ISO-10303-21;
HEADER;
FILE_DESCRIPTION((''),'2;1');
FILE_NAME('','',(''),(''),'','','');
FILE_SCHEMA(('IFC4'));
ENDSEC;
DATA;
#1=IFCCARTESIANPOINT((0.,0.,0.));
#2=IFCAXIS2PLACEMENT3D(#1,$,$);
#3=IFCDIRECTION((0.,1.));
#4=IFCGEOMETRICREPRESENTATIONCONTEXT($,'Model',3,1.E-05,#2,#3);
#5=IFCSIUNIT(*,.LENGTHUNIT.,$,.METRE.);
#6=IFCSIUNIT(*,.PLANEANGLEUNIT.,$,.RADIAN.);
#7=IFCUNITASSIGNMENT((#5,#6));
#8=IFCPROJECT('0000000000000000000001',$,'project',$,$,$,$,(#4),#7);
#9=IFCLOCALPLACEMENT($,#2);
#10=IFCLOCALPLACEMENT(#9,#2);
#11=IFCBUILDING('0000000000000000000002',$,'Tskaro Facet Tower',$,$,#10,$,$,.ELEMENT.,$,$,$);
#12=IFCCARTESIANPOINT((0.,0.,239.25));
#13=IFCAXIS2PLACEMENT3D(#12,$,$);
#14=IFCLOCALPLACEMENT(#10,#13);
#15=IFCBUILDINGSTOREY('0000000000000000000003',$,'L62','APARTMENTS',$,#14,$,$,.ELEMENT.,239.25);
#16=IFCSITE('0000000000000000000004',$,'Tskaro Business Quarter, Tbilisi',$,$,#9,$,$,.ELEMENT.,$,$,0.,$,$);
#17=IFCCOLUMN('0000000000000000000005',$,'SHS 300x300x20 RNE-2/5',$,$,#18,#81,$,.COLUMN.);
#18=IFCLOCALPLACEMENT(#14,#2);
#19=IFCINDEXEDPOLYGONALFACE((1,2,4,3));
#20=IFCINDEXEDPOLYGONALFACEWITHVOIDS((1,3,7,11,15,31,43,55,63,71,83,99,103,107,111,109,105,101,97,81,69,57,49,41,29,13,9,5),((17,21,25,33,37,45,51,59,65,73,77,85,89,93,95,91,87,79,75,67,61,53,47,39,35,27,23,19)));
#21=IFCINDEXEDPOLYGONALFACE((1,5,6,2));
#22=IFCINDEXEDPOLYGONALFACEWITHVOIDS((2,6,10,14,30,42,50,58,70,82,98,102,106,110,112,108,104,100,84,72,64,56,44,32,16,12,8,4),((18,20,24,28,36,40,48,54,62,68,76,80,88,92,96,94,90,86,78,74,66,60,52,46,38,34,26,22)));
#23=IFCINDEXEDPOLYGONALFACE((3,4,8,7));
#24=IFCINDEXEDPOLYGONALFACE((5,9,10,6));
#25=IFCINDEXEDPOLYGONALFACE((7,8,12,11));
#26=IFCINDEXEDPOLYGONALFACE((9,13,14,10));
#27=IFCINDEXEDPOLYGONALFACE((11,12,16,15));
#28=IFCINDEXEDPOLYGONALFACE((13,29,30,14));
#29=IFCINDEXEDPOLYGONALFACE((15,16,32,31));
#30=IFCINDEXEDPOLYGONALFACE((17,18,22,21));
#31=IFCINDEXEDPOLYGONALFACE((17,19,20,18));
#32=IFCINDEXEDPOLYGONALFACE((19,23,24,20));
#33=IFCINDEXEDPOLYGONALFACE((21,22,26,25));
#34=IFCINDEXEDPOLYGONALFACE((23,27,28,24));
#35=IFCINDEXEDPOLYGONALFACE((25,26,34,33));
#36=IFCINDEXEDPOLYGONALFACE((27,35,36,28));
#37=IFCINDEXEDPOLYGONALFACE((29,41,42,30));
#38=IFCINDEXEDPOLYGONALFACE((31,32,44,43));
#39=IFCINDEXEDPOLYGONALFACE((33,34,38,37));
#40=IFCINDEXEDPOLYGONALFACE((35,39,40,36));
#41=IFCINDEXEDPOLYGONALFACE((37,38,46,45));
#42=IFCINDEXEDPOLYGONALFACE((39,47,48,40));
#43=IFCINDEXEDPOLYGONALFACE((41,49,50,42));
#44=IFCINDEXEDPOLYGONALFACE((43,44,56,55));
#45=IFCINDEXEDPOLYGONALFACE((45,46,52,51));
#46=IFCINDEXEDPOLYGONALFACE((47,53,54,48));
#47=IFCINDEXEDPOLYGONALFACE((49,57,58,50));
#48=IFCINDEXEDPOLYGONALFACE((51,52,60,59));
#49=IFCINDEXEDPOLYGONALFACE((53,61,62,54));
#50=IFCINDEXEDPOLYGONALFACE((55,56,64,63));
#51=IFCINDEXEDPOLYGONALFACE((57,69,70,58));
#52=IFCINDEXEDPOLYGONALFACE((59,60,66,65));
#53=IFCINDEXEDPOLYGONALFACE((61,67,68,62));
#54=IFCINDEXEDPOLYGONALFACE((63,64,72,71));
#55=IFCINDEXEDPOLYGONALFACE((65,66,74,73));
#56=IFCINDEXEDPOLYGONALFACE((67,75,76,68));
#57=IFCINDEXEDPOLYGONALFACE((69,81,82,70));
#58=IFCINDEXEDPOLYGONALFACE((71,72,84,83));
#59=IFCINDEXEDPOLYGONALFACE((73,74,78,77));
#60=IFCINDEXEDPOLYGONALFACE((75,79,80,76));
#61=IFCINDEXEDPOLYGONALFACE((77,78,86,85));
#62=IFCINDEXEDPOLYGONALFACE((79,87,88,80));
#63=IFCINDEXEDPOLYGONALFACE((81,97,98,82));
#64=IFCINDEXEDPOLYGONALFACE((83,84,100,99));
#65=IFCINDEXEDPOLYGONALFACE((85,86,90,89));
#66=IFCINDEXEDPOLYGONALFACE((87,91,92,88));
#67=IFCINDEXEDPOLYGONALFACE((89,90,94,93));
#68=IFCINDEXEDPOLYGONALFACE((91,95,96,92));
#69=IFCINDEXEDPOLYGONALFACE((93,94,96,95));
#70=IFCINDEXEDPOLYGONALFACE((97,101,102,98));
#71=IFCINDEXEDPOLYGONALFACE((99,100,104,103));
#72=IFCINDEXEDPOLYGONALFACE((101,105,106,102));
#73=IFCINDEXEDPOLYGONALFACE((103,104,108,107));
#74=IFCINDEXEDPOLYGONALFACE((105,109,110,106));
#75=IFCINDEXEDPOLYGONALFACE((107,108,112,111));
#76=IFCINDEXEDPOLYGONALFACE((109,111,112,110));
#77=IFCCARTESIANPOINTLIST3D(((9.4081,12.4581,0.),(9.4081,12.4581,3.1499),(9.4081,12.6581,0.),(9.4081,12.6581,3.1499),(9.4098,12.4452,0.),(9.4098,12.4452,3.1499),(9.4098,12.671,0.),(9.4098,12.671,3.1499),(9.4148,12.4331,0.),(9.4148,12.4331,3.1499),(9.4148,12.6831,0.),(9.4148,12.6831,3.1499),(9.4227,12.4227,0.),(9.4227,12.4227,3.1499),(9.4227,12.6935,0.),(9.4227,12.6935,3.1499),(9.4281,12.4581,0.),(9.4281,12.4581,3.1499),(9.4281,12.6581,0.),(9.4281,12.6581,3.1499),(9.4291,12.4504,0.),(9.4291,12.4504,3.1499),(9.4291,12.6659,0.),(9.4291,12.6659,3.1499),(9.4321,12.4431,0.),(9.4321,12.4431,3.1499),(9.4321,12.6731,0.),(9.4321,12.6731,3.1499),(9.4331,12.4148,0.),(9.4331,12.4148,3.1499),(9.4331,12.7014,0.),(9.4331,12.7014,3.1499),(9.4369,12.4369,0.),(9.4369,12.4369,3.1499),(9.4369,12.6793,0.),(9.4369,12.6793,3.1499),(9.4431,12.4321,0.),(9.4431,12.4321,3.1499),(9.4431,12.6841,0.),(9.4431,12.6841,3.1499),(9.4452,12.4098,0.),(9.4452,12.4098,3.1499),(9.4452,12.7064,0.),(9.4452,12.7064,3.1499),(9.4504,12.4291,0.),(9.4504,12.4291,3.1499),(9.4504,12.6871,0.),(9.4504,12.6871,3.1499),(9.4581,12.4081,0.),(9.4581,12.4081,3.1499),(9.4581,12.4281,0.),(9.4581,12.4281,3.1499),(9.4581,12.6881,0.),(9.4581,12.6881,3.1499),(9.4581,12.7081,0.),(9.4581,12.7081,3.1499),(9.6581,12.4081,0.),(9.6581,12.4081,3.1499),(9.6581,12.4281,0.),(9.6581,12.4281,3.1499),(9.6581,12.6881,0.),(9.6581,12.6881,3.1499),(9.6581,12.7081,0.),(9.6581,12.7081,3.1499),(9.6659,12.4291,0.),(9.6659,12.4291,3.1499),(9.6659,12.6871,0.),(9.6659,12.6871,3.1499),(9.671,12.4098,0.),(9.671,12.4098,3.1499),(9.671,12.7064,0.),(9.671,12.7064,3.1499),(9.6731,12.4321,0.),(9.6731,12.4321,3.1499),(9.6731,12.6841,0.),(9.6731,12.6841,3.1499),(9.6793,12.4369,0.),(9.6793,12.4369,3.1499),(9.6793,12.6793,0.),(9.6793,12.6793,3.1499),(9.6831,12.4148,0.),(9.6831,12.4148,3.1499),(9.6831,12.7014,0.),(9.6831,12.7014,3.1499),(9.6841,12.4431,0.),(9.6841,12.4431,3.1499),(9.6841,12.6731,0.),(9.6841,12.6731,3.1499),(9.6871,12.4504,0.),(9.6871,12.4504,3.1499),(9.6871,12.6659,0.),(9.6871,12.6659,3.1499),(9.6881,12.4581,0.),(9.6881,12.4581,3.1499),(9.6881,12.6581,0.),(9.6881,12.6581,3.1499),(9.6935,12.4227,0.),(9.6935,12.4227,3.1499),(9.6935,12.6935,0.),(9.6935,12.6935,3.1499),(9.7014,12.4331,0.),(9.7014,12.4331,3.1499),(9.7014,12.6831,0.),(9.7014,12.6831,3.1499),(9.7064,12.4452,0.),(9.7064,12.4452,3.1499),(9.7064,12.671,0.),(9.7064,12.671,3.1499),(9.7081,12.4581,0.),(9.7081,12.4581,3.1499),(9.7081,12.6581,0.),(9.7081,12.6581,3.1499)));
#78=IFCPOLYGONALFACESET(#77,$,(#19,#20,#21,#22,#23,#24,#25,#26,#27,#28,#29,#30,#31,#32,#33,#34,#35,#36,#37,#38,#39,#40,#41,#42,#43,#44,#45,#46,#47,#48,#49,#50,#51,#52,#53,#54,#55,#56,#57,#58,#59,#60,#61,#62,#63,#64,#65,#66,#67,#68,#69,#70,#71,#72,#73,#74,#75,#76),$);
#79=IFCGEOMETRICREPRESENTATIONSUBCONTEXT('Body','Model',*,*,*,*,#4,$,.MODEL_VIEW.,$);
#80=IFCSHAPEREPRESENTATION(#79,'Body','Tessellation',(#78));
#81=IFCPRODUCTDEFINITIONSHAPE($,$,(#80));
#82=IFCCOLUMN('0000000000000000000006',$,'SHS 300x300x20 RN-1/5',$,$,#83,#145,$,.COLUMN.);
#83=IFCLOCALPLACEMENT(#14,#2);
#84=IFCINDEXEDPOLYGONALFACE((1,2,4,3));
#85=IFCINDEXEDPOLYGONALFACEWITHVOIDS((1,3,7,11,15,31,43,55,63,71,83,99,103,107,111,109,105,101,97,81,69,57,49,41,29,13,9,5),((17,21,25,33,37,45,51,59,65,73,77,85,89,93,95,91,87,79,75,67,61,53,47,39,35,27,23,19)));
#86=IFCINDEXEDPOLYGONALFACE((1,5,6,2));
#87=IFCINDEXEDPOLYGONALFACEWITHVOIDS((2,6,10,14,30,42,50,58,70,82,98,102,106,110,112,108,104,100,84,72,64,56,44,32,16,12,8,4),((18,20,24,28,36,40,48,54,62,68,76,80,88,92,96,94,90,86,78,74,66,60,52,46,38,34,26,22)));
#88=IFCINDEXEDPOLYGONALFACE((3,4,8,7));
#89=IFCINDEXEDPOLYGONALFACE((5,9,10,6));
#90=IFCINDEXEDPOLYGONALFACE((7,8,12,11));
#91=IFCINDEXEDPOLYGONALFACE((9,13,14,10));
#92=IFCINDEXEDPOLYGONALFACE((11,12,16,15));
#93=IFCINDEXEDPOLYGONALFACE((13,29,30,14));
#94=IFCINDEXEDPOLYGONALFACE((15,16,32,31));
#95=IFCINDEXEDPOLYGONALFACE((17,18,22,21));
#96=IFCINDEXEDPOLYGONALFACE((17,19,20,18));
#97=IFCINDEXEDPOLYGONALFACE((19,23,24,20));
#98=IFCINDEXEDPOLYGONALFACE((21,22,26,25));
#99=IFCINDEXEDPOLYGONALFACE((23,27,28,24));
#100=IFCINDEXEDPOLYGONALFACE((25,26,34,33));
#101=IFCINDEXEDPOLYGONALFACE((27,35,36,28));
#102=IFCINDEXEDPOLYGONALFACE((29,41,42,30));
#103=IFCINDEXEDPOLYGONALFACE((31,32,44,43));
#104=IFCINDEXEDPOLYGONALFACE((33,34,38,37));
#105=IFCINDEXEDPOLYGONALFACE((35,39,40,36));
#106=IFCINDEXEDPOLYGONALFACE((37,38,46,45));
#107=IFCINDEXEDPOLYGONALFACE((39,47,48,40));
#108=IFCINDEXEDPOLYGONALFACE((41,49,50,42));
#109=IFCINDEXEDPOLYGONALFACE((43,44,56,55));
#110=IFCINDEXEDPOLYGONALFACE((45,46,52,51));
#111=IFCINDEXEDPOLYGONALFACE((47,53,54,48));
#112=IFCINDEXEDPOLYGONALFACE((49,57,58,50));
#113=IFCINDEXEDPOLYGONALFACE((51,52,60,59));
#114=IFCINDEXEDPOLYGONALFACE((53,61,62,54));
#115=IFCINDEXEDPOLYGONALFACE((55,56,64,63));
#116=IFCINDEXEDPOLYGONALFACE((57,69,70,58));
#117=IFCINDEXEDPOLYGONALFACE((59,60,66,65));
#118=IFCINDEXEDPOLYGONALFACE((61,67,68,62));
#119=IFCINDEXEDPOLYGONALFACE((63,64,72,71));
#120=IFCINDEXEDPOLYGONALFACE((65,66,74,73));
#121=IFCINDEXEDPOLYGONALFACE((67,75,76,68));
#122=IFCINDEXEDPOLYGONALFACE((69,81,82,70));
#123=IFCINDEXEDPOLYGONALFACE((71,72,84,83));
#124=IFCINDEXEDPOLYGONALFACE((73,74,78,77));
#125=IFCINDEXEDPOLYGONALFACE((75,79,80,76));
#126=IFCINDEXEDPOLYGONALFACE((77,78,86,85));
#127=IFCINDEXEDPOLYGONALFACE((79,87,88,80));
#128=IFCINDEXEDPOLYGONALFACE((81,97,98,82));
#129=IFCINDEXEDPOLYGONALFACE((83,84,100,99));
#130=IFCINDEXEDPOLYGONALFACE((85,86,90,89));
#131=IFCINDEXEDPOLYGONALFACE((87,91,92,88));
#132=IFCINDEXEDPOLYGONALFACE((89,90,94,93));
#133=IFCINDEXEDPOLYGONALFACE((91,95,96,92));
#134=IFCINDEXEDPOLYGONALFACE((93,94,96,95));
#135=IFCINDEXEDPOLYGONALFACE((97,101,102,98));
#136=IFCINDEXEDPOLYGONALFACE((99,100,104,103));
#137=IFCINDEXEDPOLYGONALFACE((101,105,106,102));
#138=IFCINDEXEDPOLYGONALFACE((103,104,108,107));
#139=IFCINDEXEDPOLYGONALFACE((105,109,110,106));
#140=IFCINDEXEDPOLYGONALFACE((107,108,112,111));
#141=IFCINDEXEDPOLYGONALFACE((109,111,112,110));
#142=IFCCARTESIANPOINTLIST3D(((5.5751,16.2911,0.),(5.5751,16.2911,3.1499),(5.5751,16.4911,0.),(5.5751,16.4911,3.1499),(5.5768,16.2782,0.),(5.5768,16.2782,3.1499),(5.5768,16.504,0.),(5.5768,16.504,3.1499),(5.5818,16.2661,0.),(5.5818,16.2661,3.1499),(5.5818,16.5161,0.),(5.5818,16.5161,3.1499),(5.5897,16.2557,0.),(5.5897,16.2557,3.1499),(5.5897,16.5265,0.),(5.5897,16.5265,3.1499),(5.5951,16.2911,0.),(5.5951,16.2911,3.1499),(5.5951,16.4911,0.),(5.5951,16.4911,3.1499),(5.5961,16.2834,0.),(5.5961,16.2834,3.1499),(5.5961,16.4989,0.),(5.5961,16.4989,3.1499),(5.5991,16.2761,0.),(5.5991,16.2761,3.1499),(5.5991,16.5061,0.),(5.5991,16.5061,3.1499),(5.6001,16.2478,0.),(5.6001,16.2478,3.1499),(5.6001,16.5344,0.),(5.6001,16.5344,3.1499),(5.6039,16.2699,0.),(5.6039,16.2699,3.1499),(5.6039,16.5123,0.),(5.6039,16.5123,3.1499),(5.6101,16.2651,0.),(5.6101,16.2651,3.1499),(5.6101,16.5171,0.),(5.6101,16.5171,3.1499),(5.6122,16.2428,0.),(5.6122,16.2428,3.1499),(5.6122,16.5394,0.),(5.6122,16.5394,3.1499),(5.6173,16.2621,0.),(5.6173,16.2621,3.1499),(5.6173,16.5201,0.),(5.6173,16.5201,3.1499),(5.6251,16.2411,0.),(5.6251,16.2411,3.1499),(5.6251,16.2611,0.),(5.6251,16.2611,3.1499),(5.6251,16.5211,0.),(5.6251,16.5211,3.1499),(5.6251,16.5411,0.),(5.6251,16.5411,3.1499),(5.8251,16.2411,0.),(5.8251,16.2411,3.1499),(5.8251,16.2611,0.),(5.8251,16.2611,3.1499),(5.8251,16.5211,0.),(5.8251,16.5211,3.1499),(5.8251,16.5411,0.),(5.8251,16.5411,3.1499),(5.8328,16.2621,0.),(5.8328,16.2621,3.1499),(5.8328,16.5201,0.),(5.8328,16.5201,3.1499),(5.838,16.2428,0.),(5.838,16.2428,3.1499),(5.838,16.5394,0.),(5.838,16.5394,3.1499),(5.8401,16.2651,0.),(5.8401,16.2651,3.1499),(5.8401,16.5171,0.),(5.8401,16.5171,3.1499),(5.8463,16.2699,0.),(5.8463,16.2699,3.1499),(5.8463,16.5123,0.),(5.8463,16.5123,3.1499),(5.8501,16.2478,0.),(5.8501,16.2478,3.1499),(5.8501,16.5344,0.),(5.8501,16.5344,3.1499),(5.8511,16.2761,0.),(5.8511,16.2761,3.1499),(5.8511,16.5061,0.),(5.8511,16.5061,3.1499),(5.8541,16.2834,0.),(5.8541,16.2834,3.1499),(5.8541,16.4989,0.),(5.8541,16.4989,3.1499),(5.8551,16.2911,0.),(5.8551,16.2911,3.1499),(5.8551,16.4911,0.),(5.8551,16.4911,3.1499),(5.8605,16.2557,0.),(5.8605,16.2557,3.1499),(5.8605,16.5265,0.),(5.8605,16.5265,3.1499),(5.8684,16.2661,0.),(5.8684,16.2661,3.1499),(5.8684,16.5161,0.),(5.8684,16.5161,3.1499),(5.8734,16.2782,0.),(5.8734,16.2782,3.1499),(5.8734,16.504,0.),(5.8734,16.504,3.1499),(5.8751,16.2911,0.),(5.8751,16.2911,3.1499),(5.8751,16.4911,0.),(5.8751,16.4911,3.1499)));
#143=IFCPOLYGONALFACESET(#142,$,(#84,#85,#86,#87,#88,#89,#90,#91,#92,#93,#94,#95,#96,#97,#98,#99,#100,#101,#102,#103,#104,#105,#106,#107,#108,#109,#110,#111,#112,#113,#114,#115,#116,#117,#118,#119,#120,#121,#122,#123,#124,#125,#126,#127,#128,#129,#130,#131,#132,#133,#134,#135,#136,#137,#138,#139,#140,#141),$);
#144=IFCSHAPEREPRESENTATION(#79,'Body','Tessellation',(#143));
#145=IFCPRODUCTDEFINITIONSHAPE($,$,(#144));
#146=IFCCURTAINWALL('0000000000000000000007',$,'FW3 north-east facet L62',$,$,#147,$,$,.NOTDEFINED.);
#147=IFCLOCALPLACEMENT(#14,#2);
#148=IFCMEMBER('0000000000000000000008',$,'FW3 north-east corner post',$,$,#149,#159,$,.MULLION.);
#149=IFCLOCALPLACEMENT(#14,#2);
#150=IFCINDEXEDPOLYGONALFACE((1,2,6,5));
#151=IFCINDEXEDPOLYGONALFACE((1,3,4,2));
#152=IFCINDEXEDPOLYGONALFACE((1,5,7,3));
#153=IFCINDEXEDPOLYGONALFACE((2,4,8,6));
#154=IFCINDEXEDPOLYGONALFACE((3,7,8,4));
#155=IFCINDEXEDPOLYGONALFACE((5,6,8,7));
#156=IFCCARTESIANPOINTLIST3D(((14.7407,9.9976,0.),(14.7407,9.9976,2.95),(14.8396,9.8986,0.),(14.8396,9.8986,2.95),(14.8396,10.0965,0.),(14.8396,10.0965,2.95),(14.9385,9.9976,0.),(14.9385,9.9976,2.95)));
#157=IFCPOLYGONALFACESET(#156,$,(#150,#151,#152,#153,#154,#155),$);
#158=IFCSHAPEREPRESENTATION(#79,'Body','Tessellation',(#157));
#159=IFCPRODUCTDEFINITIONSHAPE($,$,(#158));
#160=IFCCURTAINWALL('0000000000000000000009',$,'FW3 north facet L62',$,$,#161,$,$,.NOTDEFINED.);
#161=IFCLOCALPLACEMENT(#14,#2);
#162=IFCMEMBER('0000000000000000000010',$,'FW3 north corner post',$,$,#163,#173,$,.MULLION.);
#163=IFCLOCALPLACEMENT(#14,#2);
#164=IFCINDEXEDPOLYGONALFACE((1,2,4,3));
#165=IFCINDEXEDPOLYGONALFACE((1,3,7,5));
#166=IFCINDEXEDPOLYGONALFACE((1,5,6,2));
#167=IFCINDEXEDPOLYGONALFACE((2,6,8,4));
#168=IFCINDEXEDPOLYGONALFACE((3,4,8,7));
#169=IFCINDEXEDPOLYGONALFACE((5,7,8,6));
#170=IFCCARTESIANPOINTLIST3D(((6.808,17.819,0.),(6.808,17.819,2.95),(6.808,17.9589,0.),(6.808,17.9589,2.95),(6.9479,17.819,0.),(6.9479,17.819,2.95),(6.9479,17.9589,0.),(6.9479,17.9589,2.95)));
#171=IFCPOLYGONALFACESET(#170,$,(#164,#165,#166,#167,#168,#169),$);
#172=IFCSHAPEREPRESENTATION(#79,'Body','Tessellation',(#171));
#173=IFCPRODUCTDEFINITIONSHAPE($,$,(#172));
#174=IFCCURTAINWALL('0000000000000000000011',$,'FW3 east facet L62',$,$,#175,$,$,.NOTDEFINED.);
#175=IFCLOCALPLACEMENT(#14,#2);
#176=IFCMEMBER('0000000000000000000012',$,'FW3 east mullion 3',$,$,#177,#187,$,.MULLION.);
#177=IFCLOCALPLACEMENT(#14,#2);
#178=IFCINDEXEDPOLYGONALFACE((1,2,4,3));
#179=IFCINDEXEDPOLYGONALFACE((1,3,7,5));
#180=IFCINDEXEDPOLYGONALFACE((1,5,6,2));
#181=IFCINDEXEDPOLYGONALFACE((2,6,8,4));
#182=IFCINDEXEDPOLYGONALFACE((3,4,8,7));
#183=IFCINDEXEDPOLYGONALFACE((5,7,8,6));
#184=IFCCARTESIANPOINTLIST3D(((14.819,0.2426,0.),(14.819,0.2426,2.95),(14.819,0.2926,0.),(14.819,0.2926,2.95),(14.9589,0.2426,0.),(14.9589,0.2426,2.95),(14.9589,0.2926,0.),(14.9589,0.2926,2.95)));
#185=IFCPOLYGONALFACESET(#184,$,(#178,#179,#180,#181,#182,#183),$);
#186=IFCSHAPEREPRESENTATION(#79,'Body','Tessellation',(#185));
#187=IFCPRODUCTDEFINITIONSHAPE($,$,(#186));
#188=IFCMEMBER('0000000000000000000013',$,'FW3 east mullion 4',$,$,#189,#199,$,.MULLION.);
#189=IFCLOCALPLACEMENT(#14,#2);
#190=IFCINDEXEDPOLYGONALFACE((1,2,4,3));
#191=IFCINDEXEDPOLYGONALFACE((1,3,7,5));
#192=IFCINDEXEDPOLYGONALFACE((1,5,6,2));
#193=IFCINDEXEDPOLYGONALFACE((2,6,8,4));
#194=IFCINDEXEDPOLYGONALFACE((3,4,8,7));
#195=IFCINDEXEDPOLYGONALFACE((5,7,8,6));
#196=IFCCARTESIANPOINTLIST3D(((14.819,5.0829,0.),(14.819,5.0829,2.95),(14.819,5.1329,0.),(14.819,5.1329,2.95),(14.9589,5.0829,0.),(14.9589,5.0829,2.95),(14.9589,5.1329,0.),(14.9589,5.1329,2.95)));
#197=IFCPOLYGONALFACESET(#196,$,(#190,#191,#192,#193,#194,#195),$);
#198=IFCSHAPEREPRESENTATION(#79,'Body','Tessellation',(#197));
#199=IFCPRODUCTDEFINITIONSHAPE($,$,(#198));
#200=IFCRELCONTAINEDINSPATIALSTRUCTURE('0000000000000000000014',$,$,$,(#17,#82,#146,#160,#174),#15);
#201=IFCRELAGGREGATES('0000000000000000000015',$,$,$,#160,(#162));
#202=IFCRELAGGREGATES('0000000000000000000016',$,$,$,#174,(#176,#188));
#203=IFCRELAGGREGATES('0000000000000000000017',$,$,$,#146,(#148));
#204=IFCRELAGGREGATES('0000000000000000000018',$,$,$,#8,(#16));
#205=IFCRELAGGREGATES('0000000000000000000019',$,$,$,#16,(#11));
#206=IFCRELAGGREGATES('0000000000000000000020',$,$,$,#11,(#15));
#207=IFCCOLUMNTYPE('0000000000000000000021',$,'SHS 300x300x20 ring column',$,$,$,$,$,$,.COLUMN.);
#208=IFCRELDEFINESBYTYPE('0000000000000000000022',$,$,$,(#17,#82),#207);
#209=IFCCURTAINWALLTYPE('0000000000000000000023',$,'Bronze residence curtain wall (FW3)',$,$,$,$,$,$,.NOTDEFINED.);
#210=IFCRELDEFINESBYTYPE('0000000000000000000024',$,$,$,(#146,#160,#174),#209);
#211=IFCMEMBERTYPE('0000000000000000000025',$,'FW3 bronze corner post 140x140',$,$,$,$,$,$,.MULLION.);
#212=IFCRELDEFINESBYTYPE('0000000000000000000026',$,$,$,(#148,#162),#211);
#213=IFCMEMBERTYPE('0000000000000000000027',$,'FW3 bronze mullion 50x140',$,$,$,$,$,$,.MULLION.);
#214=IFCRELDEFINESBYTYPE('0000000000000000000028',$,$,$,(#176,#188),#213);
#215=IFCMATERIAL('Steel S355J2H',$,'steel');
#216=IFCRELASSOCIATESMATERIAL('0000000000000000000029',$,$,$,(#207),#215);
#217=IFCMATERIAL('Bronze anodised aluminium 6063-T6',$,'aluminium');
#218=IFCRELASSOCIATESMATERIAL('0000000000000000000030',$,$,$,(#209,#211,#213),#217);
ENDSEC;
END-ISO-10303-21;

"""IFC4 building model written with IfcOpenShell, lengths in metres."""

from ifc_helpers import new_model, si_unit, direction, frame, origin, origin_2d, place, context, subcontext, project, spatial, rectangle, hollow_rectangle, extrude, material, material_profile, profile_set, type_object, element, aggregate, save


model = new_model("IFC4")

# Units and contexts
model_context = context("Model", 3, precision=1e-05, world=origin(), true_north=direction((0.0, 1.0)))
body_context = subcontext(model_context, "Body", "Model", "MODEL_VIEW")
ifc_project = project(units=[si_unit("LENGTHUNIT", "METRE"), si_unit("PLANEANGLEUNIT", "RADIAN")], contexts=[model_context])

# Site, building, storey
site_placement = place(None, origin())
site = spatial("IfcSite", under=ifc_project, at=site_placement, Name="Tskaro Business Quarter, Tbilisi", CompositionType="ELEMENT", RefElevation=0.0)
building_placement = place(site_placement, origin())
building = spatial("IfcBuilding", under=site, at=building_placement, Name="Tskaro Facet Tower", CompositionType="ELEMENT")
storey_placement = place(building_placement, frame((0.0, 0.0, 239.25)))
storey = spatial("IfcBuildingStorey", under=building, at=storey_placement, Name="L62", Description="APARTMENTS", CompositionType="ELEMENT", Elevation=239.25)

# Columns
ifc_material_1 = material(Name="Steel S355J2H", Category="steel")
ifc_material_profile_1 = material_profile(ifc_material_1, hollow_rectangle(XDim=0.3, YDim=0.3, WallThickness=0.02, InnerFilletRadius=0.03, OuterFilletRadius=0.05, at=origin_2d()), Name="SHS 300x300x20")
ifc_profile_set_1 = profile_set([ifc_material_profile_1], Name="Steel S355J2H")
column_type_1 = type_object("IfcColumnType", Name="SHS 300x300x20 ring column", PredefinedType="COLUMN", material=ifc_profile_set_1)
for number, where, z_axis, x_axis, name in (
    (1, (9.5581, 12.5581, 0.0), (0.0, 0.0, 1.0), (1.0, 0.0, 0.0), "SHS 300x300x20 RNE-2/5"),
    (2, (5.7251, 16.3911, 0.0), (0.0, 0.0, 1.0), (1.0, 0.0, 0.0), "SHS 300x300x20 RN-1/5"),
):
    element("IfcColumn", number, at=place(storey_placement, frame(where, z_axis=z_axis, x_axis=x_axis)), inside=storey, type_object=column_type_1, Name=name, PredefinedType="COLUMN", context=body_context, shape_type="SweptSolid", body=[
        extrude(hollow_rectangle(XDim=0.3, YDim=0.3, WallThickness=0.02, InnerFilletRadius=0.03, OuterFilletRadius=0.05, at=origin_2d()), origin(), (0.0, 0.0, 1.0), 3.1499),
    ])

# Curtain walls, members
ifc_material_2 = material(Name="Bronze anodised aluminium 6063-T6", Category="aluminium")
curtain_wall_type = type_object("IfcCurtainWallType", Name="Bronze residence curtain wall (FW3)", PredefinedType="NOTDEFINED", material=ifc_material_2)
curtain_wall_1_placement = place(storey_placement, origin())
curtain_wall_1 = element("IfcCurtainWall", 3, at=curtain_wall_1_placement, inside=storey, type_object=curtain_wall_type, Name="FW3 north-east facet L62", PredefinedType="NOTDEFINED")
ifc_material_profile_2 = material_profile(ifc_material_2, rectangle(XDim=0.1399, YDim=0.1399, at=origin_2d()), Name="Corner post 140x140")
ifc_profile_set_2 = profile_set([ifc_material_profile_2], Name="Bronze anodised aluminium 6063-T6")
member_type_1 = type_object("IfcMemberType", Name="FW3 bronze corner post 140x140", PredefinedType="MULLION", material=ifc_profile_set_2)
member_1_placement = place(storey_placement, frame((14.8396, 9.9976, 0.0), z_axis=(0.0, 0.0, 1.0), x_axis=(-0.707107, 0.707107, 0.0)))
member_1 = element("IfcMember", 4, at=member_1_placement, type_object=member_type_1, Name="FW3 north-east corner post", PredefinedType="MULLION", context=body_context, shape_type="SweptSolid", body=[
    extrude(rectangle(XDim=0.1399, YDim=0.1399, at=origin_2d()), origin(), (0.0, 0.0, 1.0), 2.95),
])
curtain_wall_2_placement = place(storey_placement, origin())
curtain_wall_2 = element("IfcCurtainWall", 5, at=curtain_wall_2_placement, inside=storey, type_object=curtain_wall_type, Name="FW3 north facet L62", PredefinedType="NOTDEFINED")
member_2_placement = place(storey_placement, frame((6.8779, 17.8889, 0.0), z_axis=(0.0, 0.0, 1.0), x_axis=(-1.0, 0.0, 0.0)))
member_2 = element("IfcMember", 6, at=member_2_placement, type_object=member_type_1, Name="FW3 north corner post", PredefinedType="MULLION", context=body_context, shape_type="SweptSolid", body=[
    extrude(rectangle(XDim=0.1399, YDim=0.1399, at=origin_2d()), origin(), (0.0, 0.0, 1.0), 2.95),
])

# Curtain wall, members
curtain_wall_3_placement = place(storey_placement, origin())
curtain_wall_3 = element("IfcCurtainWall", 7, at=curtain_wall_3_placement, inside=storey, type_object=curtain_wall_type, Name="FW3 east facet L62", PredefinedType="NOTDEFINED")
ifc_material_profile_3 = material_profile(ifc_material_2, rectangle(XDim=0.05, YDim=0.1399, at=origin_2d()), Name="Mullion 50x140")
ifc_profile_set_3 = profile_set([ifc_material_profile_3], Name="Bronze anodised aluminium 6063-T6")
member_type_2 = type_object("IfcMemberType", Name="FW3 bronze mullion 50x140", PredefinedType="MULLION", material=ifc_profile_set_3)
member_3_placement = place(storey_placement, frame((14.8889, 0.2676, 0.0), z_axis=(0.0, 0.0, 1.0), x_axis=(0.0, 1.0, 0.0)))
member_3 = element("IfcMember", 8, at=member_3_placement, type_object=member_type_2, Name="FW3 east mullion 3", PredefinedType="MULLION", context=body_context, shape_type="SweptSolid", body=[
    extrude(rectangle(XDim=0.05, YDim=0.1399, at=origin_2d()), origin(), (0.0, 0.0, 1.0), 2.95),
])
member_4_placement = place(storey_placement, frame((14.8889, 5.1079, 0.0), z_axis=(0.0, 0.0, 1.0), x_axis=(0.0, 1.0, 0.0)))
member_4 = element("IfcMember", 9, at=member_4_placement, type_object=member_type_2, Name="FW3 east mullion 4", PredefinedType="MULLION", context=body_context, shape_type="SweptSolid", body=[
    extrude(rectangle(XDim=0.05, YDim=0.1399, at=origin_2d()), origin(), (0.0, 0.0, 1.0), 2.95),
])

aggregate(curtain_wall_2, [member_2])

aggregate(curtain_wall_3, [member_3, member_4])
aggregate(curtain_wall_1, [member_1])

save(model, "model.ifc")
